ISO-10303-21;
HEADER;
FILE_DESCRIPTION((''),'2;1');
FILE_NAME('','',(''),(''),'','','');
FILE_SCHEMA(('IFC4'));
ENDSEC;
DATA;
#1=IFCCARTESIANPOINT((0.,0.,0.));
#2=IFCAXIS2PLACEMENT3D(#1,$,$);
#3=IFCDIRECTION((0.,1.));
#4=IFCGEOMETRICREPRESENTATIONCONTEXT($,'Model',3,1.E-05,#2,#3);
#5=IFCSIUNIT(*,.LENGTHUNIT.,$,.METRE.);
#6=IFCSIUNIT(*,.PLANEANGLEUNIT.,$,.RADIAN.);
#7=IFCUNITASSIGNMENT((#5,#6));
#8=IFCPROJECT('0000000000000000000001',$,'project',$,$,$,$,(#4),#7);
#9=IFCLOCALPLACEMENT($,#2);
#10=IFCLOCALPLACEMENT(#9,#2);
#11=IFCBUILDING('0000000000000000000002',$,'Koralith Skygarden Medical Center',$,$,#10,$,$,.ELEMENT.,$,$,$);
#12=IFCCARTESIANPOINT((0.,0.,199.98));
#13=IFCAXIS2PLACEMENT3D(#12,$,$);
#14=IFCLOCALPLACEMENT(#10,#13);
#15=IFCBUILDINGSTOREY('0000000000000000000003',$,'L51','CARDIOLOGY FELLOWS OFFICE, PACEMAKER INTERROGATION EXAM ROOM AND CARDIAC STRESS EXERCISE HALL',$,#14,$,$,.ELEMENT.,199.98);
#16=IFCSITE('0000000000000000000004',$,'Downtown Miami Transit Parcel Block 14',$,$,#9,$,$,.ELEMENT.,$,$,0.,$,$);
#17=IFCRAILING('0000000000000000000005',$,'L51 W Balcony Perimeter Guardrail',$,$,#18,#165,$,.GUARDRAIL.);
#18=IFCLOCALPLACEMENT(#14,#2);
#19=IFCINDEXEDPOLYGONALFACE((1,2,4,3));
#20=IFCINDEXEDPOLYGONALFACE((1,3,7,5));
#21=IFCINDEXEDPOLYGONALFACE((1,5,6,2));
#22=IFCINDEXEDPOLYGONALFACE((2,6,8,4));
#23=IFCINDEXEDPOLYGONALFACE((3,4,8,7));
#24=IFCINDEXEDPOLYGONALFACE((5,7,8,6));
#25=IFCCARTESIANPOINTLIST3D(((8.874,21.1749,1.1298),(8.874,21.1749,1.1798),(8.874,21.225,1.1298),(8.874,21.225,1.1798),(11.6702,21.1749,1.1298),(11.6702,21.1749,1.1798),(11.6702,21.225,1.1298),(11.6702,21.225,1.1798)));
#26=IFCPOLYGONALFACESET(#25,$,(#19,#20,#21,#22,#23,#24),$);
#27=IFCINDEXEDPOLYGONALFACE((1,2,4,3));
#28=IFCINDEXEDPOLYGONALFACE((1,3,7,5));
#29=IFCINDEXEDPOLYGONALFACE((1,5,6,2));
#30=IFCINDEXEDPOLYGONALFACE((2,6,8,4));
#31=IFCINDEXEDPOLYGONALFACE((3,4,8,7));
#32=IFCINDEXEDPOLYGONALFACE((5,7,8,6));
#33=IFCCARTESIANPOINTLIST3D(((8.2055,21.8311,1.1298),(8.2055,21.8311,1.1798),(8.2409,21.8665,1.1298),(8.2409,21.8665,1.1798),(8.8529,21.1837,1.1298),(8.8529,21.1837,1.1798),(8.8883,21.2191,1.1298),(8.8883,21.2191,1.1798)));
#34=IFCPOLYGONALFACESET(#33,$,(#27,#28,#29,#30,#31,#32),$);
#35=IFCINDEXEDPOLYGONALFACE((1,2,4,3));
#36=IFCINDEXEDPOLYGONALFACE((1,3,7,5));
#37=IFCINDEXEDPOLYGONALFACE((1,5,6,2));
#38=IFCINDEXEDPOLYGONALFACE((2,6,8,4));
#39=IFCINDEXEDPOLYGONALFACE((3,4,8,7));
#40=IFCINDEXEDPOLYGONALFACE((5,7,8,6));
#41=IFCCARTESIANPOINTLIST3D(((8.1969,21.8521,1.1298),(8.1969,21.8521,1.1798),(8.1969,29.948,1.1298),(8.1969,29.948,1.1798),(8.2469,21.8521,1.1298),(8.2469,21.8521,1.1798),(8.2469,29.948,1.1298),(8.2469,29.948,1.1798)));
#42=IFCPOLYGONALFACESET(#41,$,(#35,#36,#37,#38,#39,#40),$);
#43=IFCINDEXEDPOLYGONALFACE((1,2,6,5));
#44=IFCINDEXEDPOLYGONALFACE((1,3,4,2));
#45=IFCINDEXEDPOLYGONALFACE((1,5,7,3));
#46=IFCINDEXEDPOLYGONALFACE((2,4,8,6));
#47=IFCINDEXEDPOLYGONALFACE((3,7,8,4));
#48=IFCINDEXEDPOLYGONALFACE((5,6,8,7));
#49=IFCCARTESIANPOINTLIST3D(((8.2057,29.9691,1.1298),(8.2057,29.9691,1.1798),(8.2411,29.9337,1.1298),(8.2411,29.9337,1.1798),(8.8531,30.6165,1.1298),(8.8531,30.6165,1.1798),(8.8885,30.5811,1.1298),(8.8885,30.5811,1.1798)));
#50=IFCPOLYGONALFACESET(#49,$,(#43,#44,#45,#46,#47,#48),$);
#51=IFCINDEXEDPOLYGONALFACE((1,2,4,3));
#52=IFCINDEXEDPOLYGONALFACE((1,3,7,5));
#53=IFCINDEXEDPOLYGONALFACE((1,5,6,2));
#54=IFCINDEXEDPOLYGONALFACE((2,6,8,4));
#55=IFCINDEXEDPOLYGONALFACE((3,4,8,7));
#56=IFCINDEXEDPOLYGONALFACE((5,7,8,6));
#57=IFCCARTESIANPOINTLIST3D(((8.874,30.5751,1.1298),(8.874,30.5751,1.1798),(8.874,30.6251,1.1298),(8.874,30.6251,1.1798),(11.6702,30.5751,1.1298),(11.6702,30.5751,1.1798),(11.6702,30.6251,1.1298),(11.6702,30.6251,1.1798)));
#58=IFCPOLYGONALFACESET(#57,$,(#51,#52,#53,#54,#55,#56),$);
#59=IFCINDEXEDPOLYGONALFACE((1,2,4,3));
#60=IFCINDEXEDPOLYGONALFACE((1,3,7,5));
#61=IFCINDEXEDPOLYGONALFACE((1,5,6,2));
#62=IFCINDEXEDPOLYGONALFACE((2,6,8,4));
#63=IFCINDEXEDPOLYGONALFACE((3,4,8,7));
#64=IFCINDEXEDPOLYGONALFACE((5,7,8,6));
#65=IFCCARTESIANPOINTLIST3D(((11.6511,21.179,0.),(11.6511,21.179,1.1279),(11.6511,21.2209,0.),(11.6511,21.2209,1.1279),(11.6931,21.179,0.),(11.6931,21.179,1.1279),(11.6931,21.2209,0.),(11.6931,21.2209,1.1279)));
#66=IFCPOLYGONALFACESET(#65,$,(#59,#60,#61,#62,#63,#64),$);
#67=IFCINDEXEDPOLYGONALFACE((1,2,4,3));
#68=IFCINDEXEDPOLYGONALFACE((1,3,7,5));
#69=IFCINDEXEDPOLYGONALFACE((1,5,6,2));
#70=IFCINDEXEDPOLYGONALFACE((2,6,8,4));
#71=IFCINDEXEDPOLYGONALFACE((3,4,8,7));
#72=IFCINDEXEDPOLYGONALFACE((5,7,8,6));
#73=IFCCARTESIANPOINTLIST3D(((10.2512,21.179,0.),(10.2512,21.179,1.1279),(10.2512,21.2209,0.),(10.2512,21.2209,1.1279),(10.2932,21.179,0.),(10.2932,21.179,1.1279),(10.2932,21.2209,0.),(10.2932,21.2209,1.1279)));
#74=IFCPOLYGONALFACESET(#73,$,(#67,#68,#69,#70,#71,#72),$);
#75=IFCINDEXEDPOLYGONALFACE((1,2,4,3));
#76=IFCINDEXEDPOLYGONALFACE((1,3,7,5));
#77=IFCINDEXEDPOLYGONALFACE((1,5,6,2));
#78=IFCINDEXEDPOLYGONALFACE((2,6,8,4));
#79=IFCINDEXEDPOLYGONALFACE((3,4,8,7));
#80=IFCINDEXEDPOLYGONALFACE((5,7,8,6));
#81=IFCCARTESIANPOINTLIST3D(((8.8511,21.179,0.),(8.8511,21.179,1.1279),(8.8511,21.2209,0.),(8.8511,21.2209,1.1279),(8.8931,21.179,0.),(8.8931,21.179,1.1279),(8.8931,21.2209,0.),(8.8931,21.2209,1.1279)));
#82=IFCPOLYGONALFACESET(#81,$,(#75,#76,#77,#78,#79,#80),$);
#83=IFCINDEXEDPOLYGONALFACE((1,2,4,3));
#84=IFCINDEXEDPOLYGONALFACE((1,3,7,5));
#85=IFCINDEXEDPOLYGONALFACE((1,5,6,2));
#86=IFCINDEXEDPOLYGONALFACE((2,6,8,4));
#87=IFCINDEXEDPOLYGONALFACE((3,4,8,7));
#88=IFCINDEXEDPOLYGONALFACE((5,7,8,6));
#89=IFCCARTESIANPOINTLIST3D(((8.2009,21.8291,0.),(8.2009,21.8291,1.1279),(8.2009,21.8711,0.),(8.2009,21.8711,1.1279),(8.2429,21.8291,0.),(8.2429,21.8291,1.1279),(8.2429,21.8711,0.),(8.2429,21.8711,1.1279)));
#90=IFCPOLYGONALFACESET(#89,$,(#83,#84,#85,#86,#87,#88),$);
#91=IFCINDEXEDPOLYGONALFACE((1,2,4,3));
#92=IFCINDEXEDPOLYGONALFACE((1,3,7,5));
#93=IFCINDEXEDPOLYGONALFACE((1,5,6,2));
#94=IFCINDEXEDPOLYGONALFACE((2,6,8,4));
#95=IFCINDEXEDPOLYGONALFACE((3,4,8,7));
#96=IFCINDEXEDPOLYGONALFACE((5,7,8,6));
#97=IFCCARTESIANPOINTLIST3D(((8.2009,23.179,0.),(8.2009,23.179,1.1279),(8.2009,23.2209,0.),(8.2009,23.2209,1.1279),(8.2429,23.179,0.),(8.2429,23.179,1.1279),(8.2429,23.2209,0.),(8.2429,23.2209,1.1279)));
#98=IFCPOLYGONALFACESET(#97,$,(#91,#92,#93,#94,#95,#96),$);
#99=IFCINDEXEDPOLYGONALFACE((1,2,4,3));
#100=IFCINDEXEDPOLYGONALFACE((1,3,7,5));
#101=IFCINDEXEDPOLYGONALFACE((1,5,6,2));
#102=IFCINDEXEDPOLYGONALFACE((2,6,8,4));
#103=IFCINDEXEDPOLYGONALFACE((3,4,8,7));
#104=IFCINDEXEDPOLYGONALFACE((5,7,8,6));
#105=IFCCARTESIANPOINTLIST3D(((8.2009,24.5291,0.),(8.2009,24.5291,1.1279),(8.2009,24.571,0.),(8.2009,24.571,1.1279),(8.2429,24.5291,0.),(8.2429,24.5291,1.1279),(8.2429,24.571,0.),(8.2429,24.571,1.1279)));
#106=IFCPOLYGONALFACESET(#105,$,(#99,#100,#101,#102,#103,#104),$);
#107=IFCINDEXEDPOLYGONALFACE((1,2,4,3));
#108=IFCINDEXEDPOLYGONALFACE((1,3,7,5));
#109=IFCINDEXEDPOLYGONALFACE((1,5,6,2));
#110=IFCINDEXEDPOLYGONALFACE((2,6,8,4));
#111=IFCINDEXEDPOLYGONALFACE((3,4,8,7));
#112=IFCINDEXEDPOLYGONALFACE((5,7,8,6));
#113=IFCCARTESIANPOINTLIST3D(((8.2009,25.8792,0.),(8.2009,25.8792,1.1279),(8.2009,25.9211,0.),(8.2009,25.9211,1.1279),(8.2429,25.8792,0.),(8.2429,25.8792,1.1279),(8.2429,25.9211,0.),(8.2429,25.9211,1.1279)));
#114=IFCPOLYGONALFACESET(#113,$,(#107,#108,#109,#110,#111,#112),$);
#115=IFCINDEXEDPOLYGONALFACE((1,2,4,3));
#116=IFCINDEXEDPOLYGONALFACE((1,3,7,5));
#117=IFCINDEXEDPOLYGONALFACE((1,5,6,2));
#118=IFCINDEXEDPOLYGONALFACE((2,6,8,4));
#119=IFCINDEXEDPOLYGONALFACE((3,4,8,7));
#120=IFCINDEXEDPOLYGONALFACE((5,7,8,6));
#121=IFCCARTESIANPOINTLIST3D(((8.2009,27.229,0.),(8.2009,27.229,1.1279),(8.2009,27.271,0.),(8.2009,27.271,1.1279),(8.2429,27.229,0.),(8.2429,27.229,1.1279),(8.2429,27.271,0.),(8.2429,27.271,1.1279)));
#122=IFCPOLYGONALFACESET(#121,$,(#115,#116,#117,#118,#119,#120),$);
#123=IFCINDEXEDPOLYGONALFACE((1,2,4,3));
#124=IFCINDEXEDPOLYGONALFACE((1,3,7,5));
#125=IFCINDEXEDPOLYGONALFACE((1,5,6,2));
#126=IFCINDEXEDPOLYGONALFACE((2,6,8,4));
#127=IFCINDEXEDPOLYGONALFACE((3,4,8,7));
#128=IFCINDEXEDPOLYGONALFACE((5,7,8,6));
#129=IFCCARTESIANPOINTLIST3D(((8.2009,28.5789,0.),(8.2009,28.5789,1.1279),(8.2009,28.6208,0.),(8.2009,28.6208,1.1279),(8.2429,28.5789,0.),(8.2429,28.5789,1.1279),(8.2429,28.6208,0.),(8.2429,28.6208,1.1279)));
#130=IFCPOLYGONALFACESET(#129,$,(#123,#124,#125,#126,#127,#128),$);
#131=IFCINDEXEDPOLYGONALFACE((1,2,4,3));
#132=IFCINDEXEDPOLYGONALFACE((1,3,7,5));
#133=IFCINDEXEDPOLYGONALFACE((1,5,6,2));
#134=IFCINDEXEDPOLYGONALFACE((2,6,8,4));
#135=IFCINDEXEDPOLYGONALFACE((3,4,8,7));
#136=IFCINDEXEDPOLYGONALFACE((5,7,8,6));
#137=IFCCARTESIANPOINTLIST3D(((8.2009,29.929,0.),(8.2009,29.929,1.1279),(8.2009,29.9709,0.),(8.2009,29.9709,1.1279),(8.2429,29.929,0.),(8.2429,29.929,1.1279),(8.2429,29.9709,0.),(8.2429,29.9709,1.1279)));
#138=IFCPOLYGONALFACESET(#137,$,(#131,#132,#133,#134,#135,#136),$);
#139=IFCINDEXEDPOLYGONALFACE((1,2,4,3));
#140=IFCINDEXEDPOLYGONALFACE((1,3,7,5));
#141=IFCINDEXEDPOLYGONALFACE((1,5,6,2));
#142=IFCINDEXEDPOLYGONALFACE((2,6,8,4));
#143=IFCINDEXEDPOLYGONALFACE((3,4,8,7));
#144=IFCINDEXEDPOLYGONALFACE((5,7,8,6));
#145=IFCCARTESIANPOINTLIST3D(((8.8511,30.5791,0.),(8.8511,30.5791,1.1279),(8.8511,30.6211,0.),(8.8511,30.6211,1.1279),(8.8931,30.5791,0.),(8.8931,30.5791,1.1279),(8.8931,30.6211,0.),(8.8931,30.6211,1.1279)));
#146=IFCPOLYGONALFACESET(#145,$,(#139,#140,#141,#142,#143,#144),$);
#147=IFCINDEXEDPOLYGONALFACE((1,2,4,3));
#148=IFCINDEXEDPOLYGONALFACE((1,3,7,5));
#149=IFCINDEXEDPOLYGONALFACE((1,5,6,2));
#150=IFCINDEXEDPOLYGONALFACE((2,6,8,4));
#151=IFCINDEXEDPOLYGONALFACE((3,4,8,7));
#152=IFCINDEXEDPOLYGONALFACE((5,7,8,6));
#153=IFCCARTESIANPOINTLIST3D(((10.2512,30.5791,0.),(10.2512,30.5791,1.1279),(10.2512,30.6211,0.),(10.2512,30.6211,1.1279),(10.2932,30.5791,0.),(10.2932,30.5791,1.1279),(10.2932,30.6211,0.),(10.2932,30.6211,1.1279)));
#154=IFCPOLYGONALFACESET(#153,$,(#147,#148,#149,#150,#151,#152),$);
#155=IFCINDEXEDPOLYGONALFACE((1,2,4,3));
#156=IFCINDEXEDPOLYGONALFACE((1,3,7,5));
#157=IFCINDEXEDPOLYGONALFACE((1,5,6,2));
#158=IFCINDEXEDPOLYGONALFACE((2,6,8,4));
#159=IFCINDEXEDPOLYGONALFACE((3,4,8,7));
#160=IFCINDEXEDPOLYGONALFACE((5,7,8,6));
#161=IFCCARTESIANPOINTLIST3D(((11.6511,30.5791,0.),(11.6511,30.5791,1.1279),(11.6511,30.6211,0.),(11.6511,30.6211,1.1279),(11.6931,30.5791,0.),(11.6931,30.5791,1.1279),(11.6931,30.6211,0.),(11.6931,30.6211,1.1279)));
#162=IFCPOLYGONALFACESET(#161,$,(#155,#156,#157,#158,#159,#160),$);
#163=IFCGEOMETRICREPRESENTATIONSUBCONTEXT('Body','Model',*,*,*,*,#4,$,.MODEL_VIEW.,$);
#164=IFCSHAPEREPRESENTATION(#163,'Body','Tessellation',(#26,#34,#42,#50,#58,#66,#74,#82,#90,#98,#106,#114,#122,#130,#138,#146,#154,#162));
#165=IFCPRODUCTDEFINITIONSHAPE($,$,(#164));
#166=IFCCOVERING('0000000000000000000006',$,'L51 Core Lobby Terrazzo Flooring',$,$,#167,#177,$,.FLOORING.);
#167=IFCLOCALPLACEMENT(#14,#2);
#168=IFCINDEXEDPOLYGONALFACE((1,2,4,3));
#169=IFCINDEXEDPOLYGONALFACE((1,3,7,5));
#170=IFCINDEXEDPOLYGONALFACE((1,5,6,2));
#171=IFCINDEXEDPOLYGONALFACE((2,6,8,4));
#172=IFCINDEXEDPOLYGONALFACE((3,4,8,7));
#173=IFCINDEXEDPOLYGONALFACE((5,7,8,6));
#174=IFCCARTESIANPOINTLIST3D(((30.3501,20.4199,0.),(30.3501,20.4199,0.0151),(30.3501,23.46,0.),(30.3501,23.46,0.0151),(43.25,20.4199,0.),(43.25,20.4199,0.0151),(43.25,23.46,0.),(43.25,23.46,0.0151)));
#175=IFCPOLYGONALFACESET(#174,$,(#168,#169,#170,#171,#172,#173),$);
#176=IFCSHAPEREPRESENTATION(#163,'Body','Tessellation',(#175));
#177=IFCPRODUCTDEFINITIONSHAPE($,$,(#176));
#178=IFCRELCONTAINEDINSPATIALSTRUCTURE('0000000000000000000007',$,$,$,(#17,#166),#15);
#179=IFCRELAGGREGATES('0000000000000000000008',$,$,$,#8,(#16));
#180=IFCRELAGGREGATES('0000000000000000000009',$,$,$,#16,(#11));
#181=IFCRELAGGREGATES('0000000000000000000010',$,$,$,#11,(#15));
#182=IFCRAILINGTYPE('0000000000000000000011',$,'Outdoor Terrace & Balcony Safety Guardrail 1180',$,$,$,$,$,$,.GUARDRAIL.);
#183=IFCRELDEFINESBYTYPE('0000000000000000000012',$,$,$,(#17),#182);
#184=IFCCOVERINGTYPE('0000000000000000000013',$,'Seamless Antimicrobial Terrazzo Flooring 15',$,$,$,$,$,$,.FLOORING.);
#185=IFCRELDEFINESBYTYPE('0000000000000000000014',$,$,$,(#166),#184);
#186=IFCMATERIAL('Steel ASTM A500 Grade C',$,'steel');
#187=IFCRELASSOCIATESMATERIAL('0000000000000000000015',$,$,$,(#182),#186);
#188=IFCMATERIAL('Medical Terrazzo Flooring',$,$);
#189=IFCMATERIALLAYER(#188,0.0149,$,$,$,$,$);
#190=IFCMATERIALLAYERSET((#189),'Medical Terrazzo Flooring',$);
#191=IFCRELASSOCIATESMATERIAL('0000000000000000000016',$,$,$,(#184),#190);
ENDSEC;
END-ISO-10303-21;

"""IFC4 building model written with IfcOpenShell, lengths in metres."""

from ifc_helpers import new_model, si_unit, direction, frame, origin, origin_2d, place, context, subcontext, project, spatial, polyline, rectangle, outline, extrude, material, layer, layer_set, type_object, element, save


model = new_model("IFC4")

# Units and contexts
model_context = context("Model", 3, precision=1e-05, world=origin(), true_north=direction((0.0, 1.0)))
body_context = subcontext(model_context, "Body", "Model", "MODEL_VIEW")
ifc_project = project(units=[si_unit("LENGTHUNIT", "METRE"), si_unit("PLANEANGLEUNIT", "RADIAN")], contexts=[model_context])

# Site, building, storey
site_placement = place(None, origin())
site = spatial("IfcSite", under=ifc_project, at=site_placement, Name="Downtown Miami Transit Parcel Block 14", CompositionType="ELEMENT", RefElevation=0.0)
building_placement = place(site_placement, origin())
building = spatial("IfcBuilding", under=site, at=building_placement, Name="Koralith Skygarden Medical Center", CompositionType="ELEMENT")
storey_placement = place(building_placement, frame((0.0, 0.0, 199.98)))
storey = spatial("IfcBuildingStorey", under=building, at=storey_placement, Name="L51", Description="CARDIOLOGY FELLOWS OFFICE, PACEMAKER INTERROGATION EXAM ROOM AND CARDIAC STRESS EXERCISE HALL", CompositionType="ELEMENT", Elevation=199.98)

# Railing
ifc_material_1 = material(Name="Steel ASTM A500 Grade C", Category="steel")
railing_type = type_object("IfcRailingType", Name="Outdoor Terrace & Balcony Safety Guardrail 1180", PredefinedType="GUARDRAIL", material=ifc_material_1)
railing_placement = place(storey_placement, frame((11.6721, 21.2, 0.0)))
element("IfcRailing", 1, at=railing_placement, inside=storey, type_object=railing_type, Name="L51 W Balcony Perimeter Guardrail", PredefinedType="GUARDRAIL", context=body_context, shape_type="SweptSolid", body=[
    extrude(rectangle(XDim=0.05, YDim=0.05, at=origin_2d()), frame((-0.002, 0.0, 1.1548), z_axis=(-1.0, 0.0, 0.0), x_axis=(0.0, -1.0, 0.0)), (0.0, 0.0, 1.0), 2.7961),
    extrude(rectangle(XDim=0.05, YDim=0.05, at=origin_2d()), frame((-2.8015, 0.0015, 1.1548), z_axis=(-0.707107, 0.707107, 0.0), x_axis=(-0.707107, -0.707107, 0.0)), (0.0, 0.0, 1.0), 0.9155),
    extrude(rectangle(XDim=0.05, YDim=0.05, at=origin_2d()), frame((-3.4502, 0.6521, 1.1548), z_axis=(0.0, 1.0, 0.0), x_axis=(-1.0, 0.0, 0.0)), (0.0, 0.0, 1.0), 8.0959),
    extrude(rectangle(XDim=0.05, YDim=0.05, at=origin_2d()), frame((-3.4487, 8.7515, 1.1548), z_axis=(0.707107, 0.707107, 0.0), x_axis=(-0.707107, 0.707107, 0.0)), (0.0, 0.0, 1.0), 0.9155),
    extrude(rectangle(XDim=0.05, YDim=0.05, at=origin_2d()), frame((-2.7981, 9.4001, 1.1548), z_axis=(1.0, 0.0, 0.0), x_axis=(0.0, 1.0, 0.0)), (0.0, 0.0, 1.0), 2.7961),
    extrude(rectangle(XDim=0.042, YDim=0.042, at=origin_2d()), origin(), (0.0, 0.0, 1.0), 1.1279),
    extrude(rectangle(XDim=0.042, YDim=0.042, at=origin_2d()), frame((-1.3999, 0.0, 0.0)), (0.0, 0.0, 1.0), 1.1279),
    extrude(rectangle(XDim=0.042, YDim=0.042, at=origin_2d()), frame((-2.8, 0.0, 0.0)), (0.0, 0.0, 1.0), 1.1279),
    extrude(rectangle(XDim=0.042, YDim=0.042, at=origin_2d()), frame((-3.4502, 0.6501, 0.0)), (0.0, 0.0, 1.0), 1.1279),
    extrude(rectangle(XDim=0.042, YDim=0.042, at=origin_2d()), frame((-3.4502, 2.0, 0.0)), (0.0, 0.0, 1.0), 1.1279),
    extrude(rectangle(XDim=0.042, YDim=0.042, at=origin_2d()), frame((-3.4502, 3.3501, 0.0)), (0.0, 0.0, 1.0), 1.1279),
    extrude(rectangle(XDim=0.042, YDim=0.042, at=origin_2d()), frame((-3.4502, 4.7002, 0.0)), (0.0, 0.0, 1.0), 1.1279),
    extrude(rectangle(XDim=0.042, YDim=0.042, at=origin_2d()), frame((-3.4502, 6.05, 0.0)), (0.0, 0.0, 1.0), 1.1279),
    extrude(rectangle(XDim=0.042, YDim=0.042, at=origin_2d()), frame((-3.4502, 7.3999, 0.0)), (0.0, 0.0, 1.0), 1.1279),
    extrude(rectangle(XDim=0.042, YDim=0.042, at=origin_2d()), frame((-3.4502, 8.75, 0.0)), (0.0, 0.0, 1.0), 1.1279),
    extrude(rectangle(XDim=0.042, YDim=0.042, at=origin_2d()), frame((-2.8, 9.4001, 0.0)), (0.0, 0.0, 1.0), 1.1279),
    extrude(rectangle(XDim=0.042, YDim=0.042, at=origin_2d()), frame((-1.3999, 9.4001, 0.0)), (0.0, 0.0, 1.0), 1.1279),
    extrude(rectangle(XDim=0.042, YDim=0.042, at=origin_2d()), frame((0.0, 9.4001, 0.0)), (0.0, 0.0, 1.0), 1.1279),
])

# Covering
ifc_material_2 = material(Name="Medical Terrazzo Flooring")
ifc_layer_1 = layer(ifc_material_2, 0.0149)
ifc_layer_set_1 = layer_set([ifc_layer_1], Name="Medical Terrazzo Flooring")
covering_type_1 = type_object("IfcCoveringType", Name="Seamless Antimicrobial Terrazzo Flooring 15", PredefinedType="FLOORING", material=ifc_layer_set_1)
covering_1_placement = place(storey_placement, origin())
element("IfcCovering", 2, at=covering_1_placement, inside=storey, type_object=covering_type_1, Name="L51 Core Lobby Terrazzo Flooring", PredefinedType="FLOORING", context=body_context, shape_type="SweptSolid", body=[
    extrude(outline(polyline([(30.3501, 20.4199), (43.25, 20.4199), (43.25, 23.46), (30.3501, 23.46), (30.3501, 20.4199)])), origin(), (0.0, 0.0, 1.0), 0.0151),
])

save(model, "model.ifc")
